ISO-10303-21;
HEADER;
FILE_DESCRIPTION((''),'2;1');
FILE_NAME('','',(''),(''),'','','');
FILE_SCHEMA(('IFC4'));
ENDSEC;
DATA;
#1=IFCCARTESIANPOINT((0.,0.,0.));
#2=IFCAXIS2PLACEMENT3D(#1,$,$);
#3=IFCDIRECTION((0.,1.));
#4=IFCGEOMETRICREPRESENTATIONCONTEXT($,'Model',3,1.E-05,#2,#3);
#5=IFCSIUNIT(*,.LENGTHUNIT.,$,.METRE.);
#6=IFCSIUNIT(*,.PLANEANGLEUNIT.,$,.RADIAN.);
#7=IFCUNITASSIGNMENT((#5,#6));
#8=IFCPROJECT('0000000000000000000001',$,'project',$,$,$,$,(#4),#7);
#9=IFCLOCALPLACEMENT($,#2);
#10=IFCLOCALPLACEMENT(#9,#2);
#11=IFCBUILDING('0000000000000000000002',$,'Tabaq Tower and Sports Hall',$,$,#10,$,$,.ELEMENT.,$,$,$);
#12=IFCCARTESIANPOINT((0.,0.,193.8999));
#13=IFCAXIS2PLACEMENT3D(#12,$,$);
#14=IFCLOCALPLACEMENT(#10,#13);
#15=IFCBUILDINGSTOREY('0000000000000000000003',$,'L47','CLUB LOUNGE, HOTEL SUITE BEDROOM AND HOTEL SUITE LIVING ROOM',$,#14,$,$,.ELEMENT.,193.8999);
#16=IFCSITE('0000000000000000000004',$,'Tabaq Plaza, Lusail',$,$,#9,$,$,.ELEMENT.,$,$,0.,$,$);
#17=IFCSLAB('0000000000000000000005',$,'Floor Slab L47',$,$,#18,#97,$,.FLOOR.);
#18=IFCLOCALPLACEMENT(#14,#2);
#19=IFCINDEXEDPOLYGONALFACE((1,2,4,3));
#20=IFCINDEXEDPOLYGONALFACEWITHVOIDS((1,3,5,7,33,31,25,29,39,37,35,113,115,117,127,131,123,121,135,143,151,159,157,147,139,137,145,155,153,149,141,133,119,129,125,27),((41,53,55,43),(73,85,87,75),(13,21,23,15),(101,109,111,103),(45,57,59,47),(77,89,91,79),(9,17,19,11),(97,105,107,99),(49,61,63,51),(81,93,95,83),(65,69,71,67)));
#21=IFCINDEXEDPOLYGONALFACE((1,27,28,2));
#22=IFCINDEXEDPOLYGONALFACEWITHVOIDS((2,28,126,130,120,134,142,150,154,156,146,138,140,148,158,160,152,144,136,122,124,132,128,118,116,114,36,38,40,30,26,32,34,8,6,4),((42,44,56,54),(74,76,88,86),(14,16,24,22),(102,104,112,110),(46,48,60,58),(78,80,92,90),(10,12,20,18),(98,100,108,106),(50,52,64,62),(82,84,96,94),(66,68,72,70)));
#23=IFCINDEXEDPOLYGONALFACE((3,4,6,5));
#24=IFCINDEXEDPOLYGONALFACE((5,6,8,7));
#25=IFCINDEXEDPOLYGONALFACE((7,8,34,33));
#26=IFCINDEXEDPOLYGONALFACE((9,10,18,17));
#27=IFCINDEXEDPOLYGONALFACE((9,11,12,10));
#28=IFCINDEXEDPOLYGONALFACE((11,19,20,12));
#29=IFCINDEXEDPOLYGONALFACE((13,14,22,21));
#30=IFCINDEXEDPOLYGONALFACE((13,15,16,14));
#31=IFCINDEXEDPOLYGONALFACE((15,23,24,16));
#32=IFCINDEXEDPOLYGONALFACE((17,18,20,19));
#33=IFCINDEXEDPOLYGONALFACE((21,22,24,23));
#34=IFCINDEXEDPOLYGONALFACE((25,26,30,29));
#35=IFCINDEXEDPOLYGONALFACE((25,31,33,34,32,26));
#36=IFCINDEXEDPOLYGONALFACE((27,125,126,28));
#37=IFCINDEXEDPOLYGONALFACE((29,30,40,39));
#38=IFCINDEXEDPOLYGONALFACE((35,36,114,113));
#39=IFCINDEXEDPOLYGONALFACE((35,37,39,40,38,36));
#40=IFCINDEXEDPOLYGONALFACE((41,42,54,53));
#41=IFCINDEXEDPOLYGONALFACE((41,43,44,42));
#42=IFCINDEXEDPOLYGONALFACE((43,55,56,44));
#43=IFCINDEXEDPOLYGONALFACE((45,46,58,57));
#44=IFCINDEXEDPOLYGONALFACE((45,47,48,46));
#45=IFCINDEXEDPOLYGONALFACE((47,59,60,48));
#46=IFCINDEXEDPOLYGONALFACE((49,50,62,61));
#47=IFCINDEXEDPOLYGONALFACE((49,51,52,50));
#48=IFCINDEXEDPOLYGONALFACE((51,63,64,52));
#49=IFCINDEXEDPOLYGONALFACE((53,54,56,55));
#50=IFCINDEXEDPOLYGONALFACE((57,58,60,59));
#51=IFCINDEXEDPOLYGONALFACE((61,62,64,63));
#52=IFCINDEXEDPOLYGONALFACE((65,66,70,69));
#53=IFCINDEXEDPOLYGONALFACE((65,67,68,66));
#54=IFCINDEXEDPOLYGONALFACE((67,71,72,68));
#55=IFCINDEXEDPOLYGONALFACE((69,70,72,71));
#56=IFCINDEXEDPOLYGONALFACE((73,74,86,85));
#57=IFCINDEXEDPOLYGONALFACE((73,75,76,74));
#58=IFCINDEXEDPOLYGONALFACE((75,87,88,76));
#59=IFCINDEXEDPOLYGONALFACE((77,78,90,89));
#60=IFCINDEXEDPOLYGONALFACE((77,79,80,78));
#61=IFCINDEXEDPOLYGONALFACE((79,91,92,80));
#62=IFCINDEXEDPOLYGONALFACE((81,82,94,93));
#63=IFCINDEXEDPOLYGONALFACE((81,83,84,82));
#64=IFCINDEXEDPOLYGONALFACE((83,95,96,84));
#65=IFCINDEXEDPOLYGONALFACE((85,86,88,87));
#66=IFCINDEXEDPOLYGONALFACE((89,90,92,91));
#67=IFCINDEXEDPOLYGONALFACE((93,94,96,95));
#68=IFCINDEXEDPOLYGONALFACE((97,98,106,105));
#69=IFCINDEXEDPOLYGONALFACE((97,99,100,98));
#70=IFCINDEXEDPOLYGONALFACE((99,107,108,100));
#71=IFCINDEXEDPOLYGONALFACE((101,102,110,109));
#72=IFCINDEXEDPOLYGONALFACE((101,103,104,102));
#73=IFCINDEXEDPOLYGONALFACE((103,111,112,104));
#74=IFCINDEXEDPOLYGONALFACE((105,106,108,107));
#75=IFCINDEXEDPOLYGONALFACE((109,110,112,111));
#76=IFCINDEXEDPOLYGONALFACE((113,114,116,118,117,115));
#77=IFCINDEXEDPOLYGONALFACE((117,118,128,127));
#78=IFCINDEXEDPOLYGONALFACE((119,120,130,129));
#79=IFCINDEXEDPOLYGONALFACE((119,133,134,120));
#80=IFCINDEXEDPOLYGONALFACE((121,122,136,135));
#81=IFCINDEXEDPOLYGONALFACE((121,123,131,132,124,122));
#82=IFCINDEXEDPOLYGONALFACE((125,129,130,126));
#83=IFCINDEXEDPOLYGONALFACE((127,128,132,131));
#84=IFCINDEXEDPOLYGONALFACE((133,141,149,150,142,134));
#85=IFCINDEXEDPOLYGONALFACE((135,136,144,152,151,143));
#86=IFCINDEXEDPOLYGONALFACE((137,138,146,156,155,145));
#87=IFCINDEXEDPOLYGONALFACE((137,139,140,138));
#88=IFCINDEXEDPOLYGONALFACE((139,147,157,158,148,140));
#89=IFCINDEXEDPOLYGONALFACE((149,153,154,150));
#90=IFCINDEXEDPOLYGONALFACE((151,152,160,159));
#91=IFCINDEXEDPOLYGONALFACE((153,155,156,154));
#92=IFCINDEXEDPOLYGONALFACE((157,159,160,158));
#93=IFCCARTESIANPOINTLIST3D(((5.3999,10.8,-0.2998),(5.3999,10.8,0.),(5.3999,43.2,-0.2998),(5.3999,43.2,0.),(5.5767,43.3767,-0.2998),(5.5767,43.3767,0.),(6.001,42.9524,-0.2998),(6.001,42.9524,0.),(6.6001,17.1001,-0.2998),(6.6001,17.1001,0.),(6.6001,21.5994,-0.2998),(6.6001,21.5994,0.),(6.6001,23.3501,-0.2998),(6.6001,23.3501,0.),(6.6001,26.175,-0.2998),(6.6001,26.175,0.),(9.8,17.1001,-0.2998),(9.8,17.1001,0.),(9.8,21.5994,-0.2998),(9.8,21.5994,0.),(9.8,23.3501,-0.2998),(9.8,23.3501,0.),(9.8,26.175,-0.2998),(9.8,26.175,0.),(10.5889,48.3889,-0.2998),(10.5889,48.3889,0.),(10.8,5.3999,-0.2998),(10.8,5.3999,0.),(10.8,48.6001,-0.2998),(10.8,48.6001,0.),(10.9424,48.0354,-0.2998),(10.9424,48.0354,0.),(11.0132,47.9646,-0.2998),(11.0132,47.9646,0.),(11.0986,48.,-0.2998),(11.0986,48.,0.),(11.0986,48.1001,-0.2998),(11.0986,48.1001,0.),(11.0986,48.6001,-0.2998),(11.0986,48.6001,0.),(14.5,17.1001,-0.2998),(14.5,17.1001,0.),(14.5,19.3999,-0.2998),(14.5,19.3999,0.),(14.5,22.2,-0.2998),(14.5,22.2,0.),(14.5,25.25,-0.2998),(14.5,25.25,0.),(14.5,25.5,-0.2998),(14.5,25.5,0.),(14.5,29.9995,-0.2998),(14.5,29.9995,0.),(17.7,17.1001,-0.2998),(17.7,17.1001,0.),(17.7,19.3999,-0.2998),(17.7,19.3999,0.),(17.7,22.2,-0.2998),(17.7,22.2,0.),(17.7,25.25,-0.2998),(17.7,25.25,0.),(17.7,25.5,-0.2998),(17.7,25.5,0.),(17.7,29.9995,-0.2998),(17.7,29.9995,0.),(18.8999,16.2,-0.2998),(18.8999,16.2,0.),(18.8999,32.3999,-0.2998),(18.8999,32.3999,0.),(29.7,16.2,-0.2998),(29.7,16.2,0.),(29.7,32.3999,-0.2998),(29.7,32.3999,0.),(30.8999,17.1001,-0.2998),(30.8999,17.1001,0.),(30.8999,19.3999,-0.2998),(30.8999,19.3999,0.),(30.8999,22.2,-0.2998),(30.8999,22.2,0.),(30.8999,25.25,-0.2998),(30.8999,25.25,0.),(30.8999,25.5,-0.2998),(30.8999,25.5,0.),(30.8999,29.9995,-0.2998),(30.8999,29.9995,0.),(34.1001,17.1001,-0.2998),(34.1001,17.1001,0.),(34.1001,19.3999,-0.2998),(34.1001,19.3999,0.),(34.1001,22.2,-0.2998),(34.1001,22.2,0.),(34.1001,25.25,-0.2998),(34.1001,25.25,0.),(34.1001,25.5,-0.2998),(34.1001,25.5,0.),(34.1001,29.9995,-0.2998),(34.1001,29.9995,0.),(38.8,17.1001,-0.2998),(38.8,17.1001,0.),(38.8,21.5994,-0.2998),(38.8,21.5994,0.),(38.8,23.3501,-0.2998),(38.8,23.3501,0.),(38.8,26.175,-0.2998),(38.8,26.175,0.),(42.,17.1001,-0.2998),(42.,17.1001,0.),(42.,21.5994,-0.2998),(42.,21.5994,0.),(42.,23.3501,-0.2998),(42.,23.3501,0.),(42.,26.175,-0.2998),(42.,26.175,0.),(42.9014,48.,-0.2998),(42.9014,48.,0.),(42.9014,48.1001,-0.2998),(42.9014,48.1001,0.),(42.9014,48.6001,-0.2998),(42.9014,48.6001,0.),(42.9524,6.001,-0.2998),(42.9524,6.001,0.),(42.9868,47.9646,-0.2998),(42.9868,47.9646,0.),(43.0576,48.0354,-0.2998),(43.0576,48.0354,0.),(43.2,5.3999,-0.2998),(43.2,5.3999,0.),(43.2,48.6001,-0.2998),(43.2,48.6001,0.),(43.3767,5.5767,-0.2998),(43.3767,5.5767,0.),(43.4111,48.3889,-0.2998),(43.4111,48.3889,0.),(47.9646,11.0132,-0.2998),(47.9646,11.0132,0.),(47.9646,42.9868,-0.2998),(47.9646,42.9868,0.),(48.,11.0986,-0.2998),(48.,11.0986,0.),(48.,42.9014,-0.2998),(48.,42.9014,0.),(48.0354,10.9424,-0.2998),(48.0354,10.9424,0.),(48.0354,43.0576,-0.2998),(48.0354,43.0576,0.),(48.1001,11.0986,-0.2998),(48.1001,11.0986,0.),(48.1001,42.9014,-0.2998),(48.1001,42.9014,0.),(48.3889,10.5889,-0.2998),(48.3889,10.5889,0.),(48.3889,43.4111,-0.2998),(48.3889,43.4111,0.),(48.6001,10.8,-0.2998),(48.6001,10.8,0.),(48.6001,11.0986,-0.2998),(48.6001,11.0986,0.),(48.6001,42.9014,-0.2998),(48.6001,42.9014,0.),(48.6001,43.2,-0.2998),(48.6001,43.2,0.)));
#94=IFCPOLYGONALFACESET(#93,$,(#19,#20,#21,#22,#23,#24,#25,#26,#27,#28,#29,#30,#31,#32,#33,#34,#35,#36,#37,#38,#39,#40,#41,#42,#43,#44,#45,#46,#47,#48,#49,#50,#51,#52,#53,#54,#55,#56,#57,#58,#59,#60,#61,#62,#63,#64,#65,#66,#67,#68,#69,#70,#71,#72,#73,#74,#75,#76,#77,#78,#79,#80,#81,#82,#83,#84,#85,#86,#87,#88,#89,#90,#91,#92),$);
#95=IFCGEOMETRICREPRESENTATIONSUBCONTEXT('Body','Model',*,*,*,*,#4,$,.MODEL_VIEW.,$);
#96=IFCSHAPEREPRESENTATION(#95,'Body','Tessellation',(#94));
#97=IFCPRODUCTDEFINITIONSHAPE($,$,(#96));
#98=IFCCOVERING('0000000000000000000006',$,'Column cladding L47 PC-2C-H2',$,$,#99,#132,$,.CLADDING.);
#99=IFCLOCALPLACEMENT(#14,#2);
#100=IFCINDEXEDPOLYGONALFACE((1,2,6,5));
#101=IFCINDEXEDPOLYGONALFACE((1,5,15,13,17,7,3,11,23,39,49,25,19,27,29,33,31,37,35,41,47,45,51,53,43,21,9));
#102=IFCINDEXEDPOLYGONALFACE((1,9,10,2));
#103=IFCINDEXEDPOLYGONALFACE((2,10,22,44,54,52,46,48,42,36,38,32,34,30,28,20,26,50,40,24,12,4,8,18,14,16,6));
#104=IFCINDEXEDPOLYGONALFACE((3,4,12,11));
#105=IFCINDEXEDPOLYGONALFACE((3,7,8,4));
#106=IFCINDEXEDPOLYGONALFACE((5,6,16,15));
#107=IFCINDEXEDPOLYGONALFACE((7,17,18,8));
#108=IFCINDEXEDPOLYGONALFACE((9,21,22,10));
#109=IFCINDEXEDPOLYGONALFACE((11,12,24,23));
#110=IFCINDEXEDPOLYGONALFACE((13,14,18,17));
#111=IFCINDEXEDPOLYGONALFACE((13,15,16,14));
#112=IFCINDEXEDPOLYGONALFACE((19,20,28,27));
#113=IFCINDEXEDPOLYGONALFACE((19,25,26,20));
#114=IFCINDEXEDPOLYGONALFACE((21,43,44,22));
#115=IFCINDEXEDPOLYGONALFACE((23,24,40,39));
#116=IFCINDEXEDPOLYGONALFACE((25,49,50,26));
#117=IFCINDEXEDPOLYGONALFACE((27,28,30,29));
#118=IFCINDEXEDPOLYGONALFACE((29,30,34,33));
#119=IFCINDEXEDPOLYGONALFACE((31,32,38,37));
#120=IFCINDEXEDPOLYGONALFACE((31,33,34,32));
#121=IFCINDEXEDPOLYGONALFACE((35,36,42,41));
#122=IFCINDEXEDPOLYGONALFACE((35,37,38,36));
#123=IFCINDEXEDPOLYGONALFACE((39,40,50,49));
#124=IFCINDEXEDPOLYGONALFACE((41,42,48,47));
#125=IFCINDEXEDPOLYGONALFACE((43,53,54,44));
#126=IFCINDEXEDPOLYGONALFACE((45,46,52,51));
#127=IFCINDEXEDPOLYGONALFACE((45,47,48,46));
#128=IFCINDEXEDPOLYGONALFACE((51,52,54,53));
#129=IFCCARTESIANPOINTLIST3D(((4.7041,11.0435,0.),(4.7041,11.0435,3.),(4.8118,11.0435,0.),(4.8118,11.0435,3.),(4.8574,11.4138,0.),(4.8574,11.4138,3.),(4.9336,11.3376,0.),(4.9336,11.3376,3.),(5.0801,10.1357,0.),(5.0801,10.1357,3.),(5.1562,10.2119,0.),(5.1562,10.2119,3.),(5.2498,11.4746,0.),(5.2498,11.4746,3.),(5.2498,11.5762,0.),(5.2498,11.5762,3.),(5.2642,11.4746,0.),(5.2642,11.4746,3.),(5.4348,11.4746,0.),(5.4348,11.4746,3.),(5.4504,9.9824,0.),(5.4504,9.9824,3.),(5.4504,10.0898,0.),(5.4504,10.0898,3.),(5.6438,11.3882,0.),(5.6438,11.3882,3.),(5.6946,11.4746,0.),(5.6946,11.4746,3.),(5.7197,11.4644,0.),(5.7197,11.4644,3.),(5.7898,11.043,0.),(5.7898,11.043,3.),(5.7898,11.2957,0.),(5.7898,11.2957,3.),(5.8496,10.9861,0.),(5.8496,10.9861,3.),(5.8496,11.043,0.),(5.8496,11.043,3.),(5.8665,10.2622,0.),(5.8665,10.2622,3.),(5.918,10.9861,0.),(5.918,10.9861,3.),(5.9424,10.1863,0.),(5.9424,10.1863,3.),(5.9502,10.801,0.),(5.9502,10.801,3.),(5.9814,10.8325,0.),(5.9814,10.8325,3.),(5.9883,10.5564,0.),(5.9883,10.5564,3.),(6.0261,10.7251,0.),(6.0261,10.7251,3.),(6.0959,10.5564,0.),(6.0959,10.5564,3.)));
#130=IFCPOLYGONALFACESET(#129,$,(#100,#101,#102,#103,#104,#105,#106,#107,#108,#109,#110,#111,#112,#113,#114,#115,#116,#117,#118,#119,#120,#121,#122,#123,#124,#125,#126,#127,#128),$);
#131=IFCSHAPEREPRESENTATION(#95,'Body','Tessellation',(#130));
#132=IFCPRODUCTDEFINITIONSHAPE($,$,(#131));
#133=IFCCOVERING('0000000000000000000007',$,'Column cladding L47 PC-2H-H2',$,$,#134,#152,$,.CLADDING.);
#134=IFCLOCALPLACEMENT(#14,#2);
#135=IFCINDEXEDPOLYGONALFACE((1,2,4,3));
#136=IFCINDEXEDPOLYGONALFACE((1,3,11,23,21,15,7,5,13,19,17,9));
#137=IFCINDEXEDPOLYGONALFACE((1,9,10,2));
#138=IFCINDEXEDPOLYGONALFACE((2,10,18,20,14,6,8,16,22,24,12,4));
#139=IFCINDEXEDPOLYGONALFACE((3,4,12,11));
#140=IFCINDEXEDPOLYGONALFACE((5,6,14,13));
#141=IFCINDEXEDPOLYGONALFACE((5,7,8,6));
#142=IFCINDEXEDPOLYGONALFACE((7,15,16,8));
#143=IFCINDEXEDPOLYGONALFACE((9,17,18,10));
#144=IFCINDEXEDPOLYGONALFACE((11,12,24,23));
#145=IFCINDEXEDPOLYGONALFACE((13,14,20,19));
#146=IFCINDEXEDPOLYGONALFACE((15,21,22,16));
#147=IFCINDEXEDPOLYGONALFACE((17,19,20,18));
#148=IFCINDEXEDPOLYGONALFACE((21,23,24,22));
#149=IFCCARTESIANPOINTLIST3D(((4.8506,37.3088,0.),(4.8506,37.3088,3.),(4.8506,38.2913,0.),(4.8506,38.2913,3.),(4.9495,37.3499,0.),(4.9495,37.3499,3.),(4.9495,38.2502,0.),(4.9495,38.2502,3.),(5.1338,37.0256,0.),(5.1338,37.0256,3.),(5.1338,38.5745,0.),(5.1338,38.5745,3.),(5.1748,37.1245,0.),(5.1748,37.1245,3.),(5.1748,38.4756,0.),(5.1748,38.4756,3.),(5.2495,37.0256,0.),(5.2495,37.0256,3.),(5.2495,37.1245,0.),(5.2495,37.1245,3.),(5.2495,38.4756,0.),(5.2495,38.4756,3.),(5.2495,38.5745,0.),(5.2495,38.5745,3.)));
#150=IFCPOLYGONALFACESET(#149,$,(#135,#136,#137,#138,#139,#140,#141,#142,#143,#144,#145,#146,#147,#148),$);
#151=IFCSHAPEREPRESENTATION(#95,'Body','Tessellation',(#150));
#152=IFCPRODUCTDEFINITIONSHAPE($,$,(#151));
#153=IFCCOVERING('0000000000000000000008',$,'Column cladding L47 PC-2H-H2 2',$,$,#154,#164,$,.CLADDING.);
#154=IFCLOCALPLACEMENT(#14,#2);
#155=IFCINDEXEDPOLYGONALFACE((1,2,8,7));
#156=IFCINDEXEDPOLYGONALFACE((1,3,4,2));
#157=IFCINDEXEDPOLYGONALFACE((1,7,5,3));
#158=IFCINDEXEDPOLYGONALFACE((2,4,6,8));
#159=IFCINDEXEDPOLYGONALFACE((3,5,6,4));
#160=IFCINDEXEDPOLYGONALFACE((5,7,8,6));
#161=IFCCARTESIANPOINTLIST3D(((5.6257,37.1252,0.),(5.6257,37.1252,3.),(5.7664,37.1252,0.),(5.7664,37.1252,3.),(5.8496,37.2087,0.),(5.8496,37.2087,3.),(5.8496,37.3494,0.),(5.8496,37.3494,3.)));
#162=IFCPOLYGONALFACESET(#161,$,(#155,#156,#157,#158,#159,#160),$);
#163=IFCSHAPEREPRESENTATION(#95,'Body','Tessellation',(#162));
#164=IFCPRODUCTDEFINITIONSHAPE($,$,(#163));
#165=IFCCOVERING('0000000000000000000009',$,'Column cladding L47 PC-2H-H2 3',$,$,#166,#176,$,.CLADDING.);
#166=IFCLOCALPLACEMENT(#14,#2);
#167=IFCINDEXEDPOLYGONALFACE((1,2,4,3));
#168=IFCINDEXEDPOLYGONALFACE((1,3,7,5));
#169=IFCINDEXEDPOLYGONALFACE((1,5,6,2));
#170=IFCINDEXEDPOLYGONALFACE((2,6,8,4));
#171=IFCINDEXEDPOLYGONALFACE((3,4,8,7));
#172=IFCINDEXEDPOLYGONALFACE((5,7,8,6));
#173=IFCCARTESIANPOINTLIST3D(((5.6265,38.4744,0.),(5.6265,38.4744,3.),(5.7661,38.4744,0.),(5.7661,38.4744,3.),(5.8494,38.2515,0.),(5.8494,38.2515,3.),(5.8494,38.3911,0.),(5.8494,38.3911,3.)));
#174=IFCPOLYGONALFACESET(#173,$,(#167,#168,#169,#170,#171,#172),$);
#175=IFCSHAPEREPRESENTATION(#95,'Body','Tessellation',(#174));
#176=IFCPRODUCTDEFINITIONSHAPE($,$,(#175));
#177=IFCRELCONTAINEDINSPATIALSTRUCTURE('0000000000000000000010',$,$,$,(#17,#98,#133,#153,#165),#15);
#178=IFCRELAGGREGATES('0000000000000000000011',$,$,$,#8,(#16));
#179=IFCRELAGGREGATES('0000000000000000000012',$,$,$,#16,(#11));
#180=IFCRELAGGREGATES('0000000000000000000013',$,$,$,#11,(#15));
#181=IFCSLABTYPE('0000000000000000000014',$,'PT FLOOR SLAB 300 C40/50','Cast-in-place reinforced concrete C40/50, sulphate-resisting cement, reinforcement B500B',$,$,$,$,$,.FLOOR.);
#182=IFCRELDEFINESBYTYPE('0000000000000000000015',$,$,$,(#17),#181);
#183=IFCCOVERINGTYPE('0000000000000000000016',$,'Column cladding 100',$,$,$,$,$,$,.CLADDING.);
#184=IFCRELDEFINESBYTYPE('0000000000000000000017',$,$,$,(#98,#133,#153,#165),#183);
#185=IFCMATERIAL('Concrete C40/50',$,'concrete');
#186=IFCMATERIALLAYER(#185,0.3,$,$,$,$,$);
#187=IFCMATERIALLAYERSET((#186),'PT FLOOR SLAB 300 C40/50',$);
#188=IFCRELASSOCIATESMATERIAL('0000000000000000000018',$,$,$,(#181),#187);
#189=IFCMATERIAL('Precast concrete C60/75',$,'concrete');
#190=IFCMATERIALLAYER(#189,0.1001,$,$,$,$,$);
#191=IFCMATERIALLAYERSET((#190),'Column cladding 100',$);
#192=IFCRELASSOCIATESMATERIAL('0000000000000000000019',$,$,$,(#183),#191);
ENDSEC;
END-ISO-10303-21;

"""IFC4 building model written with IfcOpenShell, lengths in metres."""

from ifc_helpers import new_model, si_unit, direction, frame, origin, place, context, subcontext, project, spatial, polyline, outline, extrude, material, layer, layer_set, type_object, element, save


model = new_model("IFC4")

# Units and contexts
model_context = context("Model", 3, precision=1e-05, world=origin(), true_north=direction((0.0, 1.0)))
body_context = subcontext(model_context, "Body", "Model", "MODEL_VIEW")
ifc_project = project(units=[si_unit("LENGTHUNIT", "METRE"), si_unit("PLANEANGLEUNIT", "RADIAN")], contexts=[model_context])

# Site, building, storey
site_placement = place(None, origin())
site = spatial("IfcSite", under=ifc_project, at=site_placement, Name="Tabaq Plaza, Lusail", CompositionType="ELEMENT", RefElevation=0.0)
building_placement = place(site_placement, origin())
building = spatial("IfcBuilding", under=site, at=building_placement, Name="Tabaq Tower and Sports Hall", CompositionType="ELEMENT")
storey_placement = place(building_placement, frame((0.0, 0.0, 193.8999)))
storey = spatial("IfcBuildingStorey", under=building, at=storey_placement, Name="L47", Description="CLUB LOUNGE, HOTEL SUITE BEDROOM AND HOTEL SUITE LIVING ROOM", CompositionType="ELEMENT", Elevation=193.8999)

# Slab
ifc_material_1 = material(Name="Concrete C40/50", Category="concrete")
ifc_layer_1 = layer(ifc_material_1, 0.3)
ifc_layer_set_1 = layer_set([ifc_layer_1], Name="PT FLOOR SLAB 300 C40/50")
slab_type = type_object("IfcSlabType", Name="PT FLOOR SLAB 300 C40/50", Description="Cast-in-place reinforced concrete C40/50, sulphate-resisting cement, reinforcement B500B", PredefinedType="FLOOR", material=ifc_layer_set_1)
slab_placement = place(storey_placement, frame((0.0, 0.0, -0.2998)))
element("IfcSlab", 1, at=slab_placement, inside=storey, type_object=slab_type, Name="Floor Slab L47", PredefinedType="FLOOR", context=body_context, shape_type="SweptSolid", body=[
    extrude(outline(polyline([(5.3999, 43.2), (5.3999, 10.8), (10.8, 5.3999), (43.2, 5.3999), (43.3767, 5.5767), (42.9524, 6.001), (47.9646, 11.0132), (48.0354, 10.9424), (48.3889, 10.5889), (48.6001, 10.8), (48.6001, 11.0986), (48.1001, 11.0986), (48.0, 11.0986), (48.0, 42.9014), (48.1001, 42.9014), (48.6001, 42.9014), (48.6001, 43.2), (48.3889, 43.4111), (48.0354, 43.0576), (47.9646, 42.9868), (42.9868, 47.9646), (43.0576, 48.0354), (43.4111, 48.3889), (43.2, 48.6001), (42.9014, 48.6001), (42.9014, 48.1001), (42.9014, 48.0), (11.0986, 48.0), (11.0986, 48.1001), (11.0986, 48.6001), (10.8, 48.6001), (10.5889, 48.3889), (10.9424, 48.0354), (11.0132, 47.9646), (6.001, 42.9524), (5.5767, 43.3767), (5.3999, 43.2)]), holes=[polyline([(14.5, 19.3999), (17.7, 19.3999), (17.7, 17.1001), (14.5, 17.1001), (14.5, 19.3999)]), polyline([(6.6001, 21.5994), (9.8, 21.5994), (9.8, 17.1001), (6.6001, 17.1001), (6.6001, 21.5994)]), polyline([(14.5, 25.25), (17.7, 25.25), (17.7, 22.2), (14.5, 22.2), (14.5, 25.25)]), polyline([(18.8999, 32.3999), (29.7, 32.3999), (29.7, 16.2), (18.8999, 16.2), (18.8999, 32.3999)]), polyline([(9.8, 26.175), (9.8, 23.3501), (6.6001, 23.3501), (6.6001, 26.175), (9.8, 26.175)]), polyline([(14.5, 29.9995), (17.7, 29.9995), (17.7, 25.5), (14.5, 25.5), (14.5, 29.9995)]), polyline([(34.1001, 19.3999), (34.1001, 17.1001), (30.8999, 17.1001), (30.8999, 19.3999), (34.1001, 19.3999)]), polyline([(42.0, 21.5994), (42.0, 17.1001), (38.8, 17.1001), (38.8, 21.5994), (42.0, 21.5994)]), polyline([(30.8999, 25.25), (34.1001, 25.25), (34.1001, 22.2), (30.8999, 22.2), (30.8999, 25.25)]), polyline([(42.0, 26.175), (42.0, 23.3501), (38.8, 23.3501), (38.8, 26.175), (42.0, 26.175)]), polyline([(34.1001, 29.9995), (34.1001, 25.5), (30.8999, 25.5), (30.8999, 29.9995), (34.1001, 29.9995)])]), origin(), (0.0, 0.0, 1.0), 0.2998),
])

# Coverings
ifc_material_2 = material(Name="Precast concrete C60/75", Category="concrete")
ifc_layer_2 = layer(ifc_material_2, 0.1001)
ifc_layer_set_2 = layer_set([ifc_layer_2], Name="Column cladding 100")
covering_type = type_object("IfcCoveringType", Name="Column cladding 100", PredefinedType="CLADDING", material=ifc_layer_set_2)
covering_1_placement = place(storey_placement, origin())
element("IfcCovering", 2, at=covering_1_placement, inside=storey, type_object=covering_type, Name="Column cladding L47 PC-2C-H2", PredefinedType="CLADDING", context=body_context, shape_type="SweptSolid", body=[
    extrude(outline(polyline([(5.4504, 9.9824), (5.0801, 10.1357), (4.7041, 11.0435), (4.8574, 11.4138), (5.2498, 11.5762), (5.2498, 11.4746), (5.2642, 11.4746), (4.9336, 11.3376), (4.8118, 11.0435), (5.1562, 10.2119), (5.4504, 10.0898), (5.8665, 10.2622), (5.9883, 10.5564), (5.6438, 11.3882), (5.4348, 11.4746), (5.6946, 11.4746), (5.7197, 11.4644), (5.7898, 11.2957), (5.7898, 11.043), (5.8496, 11.043), (5.8496, 10.9861), (5.918, 10.9861), (5.9814, 10.8325), (5.9502, 10.801), (6.0261, 10.7251), (6.0959, 10.5564), (5.9424, 10.1863), (5.4504, 9.9824)])), origin(), (0.0, 0.0, 1.0), 3.0),
])
covering_2_placement = place(storey_placement, origin())
element("IfcCovering", 3, at=covering_2_placement, inside=storey, type_object=covering_type, Name="Column cladding L47 PC-2H-H2", PredefinedType="CLADDING", context=body_context, shape_type="SweptSolid", body=[
    extrude(outline(polyline([(5.1338, 37.0256), (4.8506, 37.3088), (4.8506, 38.2913), (5.1338, 38.5745), (5.2495, 38.5745), (5.2495, 38.4756), (5.1748, 38.4756), (4.9495, 38.2502), (4.9495, 37.3499), (5.1748, 37.1245), (5.2495, 37.1245), (5.2495, 37.0256), (5.1338, 37.0256)])), origin(), (0.0, 0.0, 1.0), 3.0),
])
covering_3_placement = place(storey_placement, origin())
element("IfcCovering", 4, at=covering_3_placement, inside=storey, type_object=covering_type, Name="Column cladding L47 PC-2H-H2 2", PredefinedType="CLADDING", context=body_context, shape_type="SweptSolid", body=[
    extrude(outline(polyline([(5.7664, 37.1252), (5.6257, 37.1252), (5.8496, 37.3494), (5.8496, 37.2087), (5.7664, 37.1252)])), origin(), (0.0, 0.0, 1.0), 3.0),
])
covering_4_placement = place(storey_placement, origin())
element("IfcCovering", 5, at=covering_4_placement, inside=storey, type_object=covering_type, Name="Column cladding L47 PC-2H-H2 3", PredefinedType="CLADDING", context=body_context, shape_type="SweptSolid", body=[
    extrude(outline(polyline([(5.6265, 38.4744), (5.7661, 38.4744), (5.8494, 38.3911), (5.8494, 38.2515), (5.6265, 38.4744)])), origin(), (0.0, 0.0, 1.0), 3.0),
])

save(model, "model.ifc")
